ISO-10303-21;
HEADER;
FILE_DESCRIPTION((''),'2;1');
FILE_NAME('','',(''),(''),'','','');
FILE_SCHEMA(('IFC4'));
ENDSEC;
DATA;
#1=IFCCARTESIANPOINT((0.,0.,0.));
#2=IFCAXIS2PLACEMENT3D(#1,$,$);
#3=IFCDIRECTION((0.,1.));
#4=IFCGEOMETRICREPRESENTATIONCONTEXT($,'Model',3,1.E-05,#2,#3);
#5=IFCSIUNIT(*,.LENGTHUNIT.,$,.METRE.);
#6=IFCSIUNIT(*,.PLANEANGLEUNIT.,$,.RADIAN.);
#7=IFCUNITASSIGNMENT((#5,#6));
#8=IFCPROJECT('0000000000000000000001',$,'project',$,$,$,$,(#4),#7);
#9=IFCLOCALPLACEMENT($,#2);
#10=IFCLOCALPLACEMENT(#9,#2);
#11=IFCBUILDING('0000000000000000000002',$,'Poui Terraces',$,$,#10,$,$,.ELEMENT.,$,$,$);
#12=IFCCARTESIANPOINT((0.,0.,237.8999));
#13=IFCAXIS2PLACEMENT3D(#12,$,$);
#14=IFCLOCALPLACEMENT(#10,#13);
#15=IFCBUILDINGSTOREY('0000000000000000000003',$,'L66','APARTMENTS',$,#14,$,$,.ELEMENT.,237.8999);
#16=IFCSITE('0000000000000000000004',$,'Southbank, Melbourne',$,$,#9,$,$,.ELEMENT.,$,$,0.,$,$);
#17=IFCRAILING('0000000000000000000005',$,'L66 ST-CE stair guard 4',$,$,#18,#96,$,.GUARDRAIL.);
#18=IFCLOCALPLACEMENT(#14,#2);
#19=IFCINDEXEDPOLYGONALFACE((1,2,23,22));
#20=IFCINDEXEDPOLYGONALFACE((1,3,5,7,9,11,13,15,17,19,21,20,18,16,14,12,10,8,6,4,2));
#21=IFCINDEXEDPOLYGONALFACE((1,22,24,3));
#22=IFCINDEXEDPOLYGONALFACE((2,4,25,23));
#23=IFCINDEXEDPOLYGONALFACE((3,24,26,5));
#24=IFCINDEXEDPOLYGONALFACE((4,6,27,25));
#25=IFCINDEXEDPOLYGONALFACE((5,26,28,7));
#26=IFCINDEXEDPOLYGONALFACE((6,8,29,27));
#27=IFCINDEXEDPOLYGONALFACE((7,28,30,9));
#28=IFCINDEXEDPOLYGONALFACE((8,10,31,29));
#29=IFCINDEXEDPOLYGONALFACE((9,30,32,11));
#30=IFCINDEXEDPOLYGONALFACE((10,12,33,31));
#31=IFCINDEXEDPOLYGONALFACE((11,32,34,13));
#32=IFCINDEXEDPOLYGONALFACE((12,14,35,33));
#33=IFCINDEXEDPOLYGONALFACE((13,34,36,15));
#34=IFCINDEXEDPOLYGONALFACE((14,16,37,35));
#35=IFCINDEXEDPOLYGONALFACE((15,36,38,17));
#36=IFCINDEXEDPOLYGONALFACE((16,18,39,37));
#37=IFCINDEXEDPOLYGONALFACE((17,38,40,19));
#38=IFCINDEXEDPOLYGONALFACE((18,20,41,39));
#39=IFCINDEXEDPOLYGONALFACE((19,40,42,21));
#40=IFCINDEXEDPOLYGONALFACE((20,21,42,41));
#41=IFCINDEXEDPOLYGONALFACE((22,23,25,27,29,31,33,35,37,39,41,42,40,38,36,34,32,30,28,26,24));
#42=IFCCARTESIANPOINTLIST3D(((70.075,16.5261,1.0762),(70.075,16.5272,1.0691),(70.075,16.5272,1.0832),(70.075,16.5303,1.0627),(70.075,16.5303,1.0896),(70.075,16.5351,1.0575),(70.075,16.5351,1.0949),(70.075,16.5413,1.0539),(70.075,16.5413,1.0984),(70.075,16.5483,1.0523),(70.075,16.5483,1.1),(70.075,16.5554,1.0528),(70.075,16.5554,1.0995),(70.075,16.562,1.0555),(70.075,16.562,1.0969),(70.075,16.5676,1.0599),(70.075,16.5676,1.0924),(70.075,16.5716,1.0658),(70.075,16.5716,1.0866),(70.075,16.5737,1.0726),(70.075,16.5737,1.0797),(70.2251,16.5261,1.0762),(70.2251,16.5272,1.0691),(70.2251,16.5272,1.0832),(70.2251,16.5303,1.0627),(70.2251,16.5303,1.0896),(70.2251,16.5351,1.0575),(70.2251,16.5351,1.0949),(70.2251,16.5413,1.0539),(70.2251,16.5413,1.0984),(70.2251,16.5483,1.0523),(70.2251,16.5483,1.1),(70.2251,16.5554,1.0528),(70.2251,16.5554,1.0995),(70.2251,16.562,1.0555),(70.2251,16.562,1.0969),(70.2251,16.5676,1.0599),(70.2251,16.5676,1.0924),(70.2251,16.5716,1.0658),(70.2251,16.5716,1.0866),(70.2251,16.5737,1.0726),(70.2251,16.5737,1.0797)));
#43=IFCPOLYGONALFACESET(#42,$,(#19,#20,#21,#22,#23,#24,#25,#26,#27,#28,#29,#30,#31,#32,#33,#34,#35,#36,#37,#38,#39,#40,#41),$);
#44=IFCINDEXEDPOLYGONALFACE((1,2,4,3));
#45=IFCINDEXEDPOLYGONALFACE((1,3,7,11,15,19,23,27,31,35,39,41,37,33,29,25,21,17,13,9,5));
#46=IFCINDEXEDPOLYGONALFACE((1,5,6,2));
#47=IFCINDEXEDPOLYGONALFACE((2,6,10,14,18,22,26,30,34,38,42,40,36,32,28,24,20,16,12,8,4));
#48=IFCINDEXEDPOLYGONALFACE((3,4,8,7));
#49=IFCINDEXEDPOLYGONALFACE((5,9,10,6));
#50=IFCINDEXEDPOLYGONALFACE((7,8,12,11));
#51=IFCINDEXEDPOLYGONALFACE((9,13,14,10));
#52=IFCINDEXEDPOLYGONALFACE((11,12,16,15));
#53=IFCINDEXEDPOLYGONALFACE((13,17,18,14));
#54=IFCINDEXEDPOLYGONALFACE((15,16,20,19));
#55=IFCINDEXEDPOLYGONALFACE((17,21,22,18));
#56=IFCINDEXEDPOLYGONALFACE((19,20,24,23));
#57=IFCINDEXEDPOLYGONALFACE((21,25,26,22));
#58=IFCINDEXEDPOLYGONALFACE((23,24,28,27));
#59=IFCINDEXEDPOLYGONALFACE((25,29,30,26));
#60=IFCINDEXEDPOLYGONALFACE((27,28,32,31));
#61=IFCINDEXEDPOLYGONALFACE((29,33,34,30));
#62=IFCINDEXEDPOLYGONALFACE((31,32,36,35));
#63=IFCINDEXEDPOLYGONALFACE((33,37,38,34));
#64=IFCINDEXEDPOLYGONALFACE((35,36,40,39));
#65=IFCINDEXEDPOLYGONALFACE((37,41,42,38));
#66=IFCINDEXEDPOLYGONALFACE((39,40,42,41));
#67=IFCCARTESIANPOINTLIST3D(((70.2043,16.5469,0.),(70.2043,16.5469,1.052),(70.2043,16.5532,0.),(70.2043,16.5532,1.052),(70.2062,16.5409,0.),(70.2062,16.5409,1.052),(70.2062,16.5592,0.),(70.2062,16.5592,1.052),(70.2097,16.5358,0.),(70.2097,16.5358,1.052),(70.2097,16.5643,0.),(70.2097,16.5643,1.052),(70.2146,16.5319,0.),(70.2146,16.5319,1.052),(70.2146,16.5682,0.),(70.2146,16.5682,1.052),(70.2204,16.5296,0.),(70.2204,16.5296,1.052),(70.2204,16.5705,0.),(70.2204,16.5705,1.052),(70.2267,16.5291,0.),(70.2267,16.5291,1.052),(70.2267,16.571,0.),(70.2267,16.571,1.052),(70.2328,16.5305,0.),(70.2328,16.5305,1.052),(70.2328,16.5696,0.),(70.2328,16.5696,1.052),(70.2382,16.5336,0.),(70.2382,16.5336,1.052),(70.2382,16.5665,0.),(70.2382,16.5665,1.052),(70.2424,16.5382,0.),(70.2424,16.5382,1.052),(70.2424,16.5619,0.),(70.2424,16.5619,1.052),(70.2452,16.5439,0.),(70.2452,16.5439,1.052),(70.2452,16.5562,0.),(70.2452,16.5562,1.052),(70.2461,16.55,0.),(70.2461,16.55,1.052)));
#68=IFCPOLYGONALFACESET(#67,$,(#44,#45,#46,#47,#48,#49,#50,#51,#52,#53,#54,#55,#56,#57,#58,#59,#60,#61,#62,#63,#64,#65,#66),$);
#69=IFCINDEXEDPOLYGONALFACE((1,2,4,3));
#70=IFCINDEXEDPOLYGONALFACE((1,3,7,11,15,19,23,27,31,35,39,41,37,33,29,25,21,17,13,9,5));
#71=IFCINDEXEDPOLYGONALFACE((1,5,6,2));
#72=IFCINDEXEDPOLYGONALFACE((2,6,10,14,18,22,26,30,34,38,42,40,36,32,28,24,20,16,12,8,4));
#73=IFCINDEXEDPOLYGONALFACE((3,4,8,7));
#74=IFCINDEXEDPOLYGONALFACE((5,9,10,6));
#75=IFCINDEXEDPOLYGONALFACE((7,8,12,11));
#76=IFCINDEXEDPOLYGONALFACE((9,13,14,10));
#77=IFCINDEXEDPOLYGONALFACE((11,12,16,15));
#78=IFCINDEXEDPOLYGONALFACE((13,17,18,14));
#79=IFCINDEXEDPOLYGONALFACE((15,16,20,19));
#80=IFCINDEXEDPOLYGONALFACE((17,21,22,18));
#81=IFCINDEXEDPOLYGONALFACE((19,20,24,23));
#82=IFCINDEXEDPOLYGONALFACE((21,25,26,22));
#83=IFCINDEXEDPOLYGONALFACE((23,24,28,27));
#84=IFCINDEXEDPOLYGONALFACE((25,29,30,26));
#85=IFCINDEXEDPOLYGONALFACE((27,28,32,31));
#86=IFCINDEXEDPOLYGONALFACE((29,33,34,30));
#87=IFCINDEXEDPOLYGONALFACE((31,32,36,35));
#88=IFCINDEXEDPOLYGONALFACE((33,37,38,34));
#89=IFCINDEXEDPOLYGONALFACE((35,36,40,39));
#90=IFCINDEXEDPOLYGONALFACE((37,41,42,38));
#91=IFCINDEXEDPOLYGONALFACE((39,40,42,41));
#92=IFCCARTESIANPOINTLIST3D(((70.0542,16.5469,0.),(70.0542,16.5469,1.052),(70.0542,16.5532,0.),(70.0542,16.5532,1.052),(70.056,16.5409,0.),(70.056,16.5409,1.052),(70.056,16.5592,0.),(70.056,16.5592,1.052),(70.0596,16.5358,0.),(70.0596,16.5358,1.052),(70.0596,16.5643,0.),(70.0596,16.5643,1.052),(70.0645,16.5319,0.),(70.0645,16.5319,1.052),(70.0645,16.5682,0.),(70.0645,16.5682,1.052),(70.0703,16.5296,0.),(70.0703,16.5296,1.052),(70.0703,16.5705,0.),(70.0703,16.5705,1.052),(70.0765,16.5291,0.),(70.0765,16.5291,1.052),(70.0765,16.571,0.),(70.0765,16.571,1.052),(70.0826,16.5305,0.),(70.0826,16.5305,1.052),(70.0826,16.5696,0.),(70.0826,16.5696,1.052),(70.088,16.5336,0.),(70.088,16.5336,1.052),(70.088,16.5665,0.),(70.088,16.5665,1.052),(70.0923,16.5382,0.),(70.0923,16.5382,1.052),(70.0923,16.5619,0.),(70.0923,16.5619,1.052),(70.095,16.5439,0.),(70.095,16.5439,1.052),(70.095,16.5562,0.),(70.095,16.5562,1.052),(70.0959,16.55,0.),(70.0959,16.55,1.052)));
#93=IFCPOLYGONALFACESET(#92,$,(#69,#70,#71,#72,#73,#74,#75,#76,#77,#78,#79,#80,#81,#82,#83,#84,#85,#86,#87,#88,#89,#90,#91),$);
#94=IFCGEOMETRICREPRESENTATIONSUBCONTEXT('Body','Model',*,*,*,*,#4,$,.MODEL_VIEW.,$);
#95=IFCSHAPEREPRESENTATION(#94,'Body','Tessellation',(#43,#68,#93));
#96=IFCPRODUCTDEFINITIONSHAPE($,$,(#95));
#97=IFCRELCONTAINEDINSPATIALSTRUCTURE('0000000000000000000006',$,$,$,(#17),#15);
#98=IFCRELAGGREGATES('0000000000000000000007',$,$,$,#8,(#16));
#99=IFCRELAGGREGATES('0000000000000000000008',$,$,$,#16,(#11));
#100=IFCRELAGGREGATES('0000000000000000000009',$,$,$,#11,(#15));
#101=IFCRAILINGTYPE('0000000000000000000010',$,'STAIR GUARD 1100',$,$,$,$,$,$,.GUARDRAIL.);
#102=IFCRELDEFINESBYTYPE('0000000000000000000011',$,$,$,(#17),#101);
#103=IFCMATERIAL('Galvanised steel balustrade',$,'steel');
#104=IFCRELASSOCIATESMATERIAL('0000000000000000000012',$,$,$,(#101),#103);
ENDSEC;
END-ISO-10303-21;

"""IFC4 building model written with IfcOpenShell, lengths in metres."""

from ifc_helpers import new_model, si_unit, direction, frame, origin, origin_2d, place, context, subcontext, project, spatial, circle, extrude, material, type_object, element, save


model = new_model("IFC4")

# Units and contexts
model_context = context("Model", 3, precision=1e-05, world=origin(), true_north=direction((0.0, 1.0)))
body_context = subcontext(model_context, "Body", "Model", "MODEL_VIEW")
ifc_project = project(units=[si_unit("LENGTHUNIT", "METRE"), si_unit("PLANEANGLEUNIT", "RADIAN")], contexts=[model_context])

# Site, building, storey
site_placement = place(None, origin())
site = spatial("IfcSite", under=ifc_project, at=site_placement, Name="Southbank, Melbourne", CompositionType="ELEMENT", RefElevation=0.0)
building_placement = place(site_placement, origin())
building = spatial("IfcBuilding", under=site, at=building_placement, Name="Poui Terraces", CompositionType="ELEMENT")
storey_placement = place(building_placement, frame((0.0, 0.0, 237.8999)))
storey = spatial("IfcBuildingStorey", under=building, at=storey_placement, Name="L66", Description="APARTMENTS", CompositionType="ELEMENT", Elevation=237.8999)

# Railing
ifc_material_1 = material(Name="Galvanised steel balustrade", Category="steel")
railing_type_1 = type_object("IfcRailingType", Name="STAIR GUARD 1100", PredefinedType="GUARDRAIL", material=ifc_material_1)
railing_1_placement = place(storey_placement, frame((70.2251, 16.55, 0.0)))
element("IfcRailing", 1, at=railing_1_placement, inside=storey, type_object=railing_type_1, Name="L66 ST-CE stair guard 4", PredefinedType="GUARDRAIL", context=body_context, shape_type="SweptSolid", body=[
    extrude(circle(Radius=0.0239, at=origin_2d()), frame((0.0, 0.0, 1.0762), z_axis=(-1.0, 0.0, 0.0), x_axis=(0.0, -1.0, 0.0)), (0.0, 0.0, 1.0), 0.1501),
    extrude(circle(Radius=0.021, at=origin_2d()), origin(), (0.0, 0.0, 1.0), 1.052),
    extrude(circle(Radius=0.021, at=origin_2d()), frame((-0.1501, 0.0, 0.0)), (0.0, 0.0, 1.0), 1.052),
])

save(model, "model.ifc")
